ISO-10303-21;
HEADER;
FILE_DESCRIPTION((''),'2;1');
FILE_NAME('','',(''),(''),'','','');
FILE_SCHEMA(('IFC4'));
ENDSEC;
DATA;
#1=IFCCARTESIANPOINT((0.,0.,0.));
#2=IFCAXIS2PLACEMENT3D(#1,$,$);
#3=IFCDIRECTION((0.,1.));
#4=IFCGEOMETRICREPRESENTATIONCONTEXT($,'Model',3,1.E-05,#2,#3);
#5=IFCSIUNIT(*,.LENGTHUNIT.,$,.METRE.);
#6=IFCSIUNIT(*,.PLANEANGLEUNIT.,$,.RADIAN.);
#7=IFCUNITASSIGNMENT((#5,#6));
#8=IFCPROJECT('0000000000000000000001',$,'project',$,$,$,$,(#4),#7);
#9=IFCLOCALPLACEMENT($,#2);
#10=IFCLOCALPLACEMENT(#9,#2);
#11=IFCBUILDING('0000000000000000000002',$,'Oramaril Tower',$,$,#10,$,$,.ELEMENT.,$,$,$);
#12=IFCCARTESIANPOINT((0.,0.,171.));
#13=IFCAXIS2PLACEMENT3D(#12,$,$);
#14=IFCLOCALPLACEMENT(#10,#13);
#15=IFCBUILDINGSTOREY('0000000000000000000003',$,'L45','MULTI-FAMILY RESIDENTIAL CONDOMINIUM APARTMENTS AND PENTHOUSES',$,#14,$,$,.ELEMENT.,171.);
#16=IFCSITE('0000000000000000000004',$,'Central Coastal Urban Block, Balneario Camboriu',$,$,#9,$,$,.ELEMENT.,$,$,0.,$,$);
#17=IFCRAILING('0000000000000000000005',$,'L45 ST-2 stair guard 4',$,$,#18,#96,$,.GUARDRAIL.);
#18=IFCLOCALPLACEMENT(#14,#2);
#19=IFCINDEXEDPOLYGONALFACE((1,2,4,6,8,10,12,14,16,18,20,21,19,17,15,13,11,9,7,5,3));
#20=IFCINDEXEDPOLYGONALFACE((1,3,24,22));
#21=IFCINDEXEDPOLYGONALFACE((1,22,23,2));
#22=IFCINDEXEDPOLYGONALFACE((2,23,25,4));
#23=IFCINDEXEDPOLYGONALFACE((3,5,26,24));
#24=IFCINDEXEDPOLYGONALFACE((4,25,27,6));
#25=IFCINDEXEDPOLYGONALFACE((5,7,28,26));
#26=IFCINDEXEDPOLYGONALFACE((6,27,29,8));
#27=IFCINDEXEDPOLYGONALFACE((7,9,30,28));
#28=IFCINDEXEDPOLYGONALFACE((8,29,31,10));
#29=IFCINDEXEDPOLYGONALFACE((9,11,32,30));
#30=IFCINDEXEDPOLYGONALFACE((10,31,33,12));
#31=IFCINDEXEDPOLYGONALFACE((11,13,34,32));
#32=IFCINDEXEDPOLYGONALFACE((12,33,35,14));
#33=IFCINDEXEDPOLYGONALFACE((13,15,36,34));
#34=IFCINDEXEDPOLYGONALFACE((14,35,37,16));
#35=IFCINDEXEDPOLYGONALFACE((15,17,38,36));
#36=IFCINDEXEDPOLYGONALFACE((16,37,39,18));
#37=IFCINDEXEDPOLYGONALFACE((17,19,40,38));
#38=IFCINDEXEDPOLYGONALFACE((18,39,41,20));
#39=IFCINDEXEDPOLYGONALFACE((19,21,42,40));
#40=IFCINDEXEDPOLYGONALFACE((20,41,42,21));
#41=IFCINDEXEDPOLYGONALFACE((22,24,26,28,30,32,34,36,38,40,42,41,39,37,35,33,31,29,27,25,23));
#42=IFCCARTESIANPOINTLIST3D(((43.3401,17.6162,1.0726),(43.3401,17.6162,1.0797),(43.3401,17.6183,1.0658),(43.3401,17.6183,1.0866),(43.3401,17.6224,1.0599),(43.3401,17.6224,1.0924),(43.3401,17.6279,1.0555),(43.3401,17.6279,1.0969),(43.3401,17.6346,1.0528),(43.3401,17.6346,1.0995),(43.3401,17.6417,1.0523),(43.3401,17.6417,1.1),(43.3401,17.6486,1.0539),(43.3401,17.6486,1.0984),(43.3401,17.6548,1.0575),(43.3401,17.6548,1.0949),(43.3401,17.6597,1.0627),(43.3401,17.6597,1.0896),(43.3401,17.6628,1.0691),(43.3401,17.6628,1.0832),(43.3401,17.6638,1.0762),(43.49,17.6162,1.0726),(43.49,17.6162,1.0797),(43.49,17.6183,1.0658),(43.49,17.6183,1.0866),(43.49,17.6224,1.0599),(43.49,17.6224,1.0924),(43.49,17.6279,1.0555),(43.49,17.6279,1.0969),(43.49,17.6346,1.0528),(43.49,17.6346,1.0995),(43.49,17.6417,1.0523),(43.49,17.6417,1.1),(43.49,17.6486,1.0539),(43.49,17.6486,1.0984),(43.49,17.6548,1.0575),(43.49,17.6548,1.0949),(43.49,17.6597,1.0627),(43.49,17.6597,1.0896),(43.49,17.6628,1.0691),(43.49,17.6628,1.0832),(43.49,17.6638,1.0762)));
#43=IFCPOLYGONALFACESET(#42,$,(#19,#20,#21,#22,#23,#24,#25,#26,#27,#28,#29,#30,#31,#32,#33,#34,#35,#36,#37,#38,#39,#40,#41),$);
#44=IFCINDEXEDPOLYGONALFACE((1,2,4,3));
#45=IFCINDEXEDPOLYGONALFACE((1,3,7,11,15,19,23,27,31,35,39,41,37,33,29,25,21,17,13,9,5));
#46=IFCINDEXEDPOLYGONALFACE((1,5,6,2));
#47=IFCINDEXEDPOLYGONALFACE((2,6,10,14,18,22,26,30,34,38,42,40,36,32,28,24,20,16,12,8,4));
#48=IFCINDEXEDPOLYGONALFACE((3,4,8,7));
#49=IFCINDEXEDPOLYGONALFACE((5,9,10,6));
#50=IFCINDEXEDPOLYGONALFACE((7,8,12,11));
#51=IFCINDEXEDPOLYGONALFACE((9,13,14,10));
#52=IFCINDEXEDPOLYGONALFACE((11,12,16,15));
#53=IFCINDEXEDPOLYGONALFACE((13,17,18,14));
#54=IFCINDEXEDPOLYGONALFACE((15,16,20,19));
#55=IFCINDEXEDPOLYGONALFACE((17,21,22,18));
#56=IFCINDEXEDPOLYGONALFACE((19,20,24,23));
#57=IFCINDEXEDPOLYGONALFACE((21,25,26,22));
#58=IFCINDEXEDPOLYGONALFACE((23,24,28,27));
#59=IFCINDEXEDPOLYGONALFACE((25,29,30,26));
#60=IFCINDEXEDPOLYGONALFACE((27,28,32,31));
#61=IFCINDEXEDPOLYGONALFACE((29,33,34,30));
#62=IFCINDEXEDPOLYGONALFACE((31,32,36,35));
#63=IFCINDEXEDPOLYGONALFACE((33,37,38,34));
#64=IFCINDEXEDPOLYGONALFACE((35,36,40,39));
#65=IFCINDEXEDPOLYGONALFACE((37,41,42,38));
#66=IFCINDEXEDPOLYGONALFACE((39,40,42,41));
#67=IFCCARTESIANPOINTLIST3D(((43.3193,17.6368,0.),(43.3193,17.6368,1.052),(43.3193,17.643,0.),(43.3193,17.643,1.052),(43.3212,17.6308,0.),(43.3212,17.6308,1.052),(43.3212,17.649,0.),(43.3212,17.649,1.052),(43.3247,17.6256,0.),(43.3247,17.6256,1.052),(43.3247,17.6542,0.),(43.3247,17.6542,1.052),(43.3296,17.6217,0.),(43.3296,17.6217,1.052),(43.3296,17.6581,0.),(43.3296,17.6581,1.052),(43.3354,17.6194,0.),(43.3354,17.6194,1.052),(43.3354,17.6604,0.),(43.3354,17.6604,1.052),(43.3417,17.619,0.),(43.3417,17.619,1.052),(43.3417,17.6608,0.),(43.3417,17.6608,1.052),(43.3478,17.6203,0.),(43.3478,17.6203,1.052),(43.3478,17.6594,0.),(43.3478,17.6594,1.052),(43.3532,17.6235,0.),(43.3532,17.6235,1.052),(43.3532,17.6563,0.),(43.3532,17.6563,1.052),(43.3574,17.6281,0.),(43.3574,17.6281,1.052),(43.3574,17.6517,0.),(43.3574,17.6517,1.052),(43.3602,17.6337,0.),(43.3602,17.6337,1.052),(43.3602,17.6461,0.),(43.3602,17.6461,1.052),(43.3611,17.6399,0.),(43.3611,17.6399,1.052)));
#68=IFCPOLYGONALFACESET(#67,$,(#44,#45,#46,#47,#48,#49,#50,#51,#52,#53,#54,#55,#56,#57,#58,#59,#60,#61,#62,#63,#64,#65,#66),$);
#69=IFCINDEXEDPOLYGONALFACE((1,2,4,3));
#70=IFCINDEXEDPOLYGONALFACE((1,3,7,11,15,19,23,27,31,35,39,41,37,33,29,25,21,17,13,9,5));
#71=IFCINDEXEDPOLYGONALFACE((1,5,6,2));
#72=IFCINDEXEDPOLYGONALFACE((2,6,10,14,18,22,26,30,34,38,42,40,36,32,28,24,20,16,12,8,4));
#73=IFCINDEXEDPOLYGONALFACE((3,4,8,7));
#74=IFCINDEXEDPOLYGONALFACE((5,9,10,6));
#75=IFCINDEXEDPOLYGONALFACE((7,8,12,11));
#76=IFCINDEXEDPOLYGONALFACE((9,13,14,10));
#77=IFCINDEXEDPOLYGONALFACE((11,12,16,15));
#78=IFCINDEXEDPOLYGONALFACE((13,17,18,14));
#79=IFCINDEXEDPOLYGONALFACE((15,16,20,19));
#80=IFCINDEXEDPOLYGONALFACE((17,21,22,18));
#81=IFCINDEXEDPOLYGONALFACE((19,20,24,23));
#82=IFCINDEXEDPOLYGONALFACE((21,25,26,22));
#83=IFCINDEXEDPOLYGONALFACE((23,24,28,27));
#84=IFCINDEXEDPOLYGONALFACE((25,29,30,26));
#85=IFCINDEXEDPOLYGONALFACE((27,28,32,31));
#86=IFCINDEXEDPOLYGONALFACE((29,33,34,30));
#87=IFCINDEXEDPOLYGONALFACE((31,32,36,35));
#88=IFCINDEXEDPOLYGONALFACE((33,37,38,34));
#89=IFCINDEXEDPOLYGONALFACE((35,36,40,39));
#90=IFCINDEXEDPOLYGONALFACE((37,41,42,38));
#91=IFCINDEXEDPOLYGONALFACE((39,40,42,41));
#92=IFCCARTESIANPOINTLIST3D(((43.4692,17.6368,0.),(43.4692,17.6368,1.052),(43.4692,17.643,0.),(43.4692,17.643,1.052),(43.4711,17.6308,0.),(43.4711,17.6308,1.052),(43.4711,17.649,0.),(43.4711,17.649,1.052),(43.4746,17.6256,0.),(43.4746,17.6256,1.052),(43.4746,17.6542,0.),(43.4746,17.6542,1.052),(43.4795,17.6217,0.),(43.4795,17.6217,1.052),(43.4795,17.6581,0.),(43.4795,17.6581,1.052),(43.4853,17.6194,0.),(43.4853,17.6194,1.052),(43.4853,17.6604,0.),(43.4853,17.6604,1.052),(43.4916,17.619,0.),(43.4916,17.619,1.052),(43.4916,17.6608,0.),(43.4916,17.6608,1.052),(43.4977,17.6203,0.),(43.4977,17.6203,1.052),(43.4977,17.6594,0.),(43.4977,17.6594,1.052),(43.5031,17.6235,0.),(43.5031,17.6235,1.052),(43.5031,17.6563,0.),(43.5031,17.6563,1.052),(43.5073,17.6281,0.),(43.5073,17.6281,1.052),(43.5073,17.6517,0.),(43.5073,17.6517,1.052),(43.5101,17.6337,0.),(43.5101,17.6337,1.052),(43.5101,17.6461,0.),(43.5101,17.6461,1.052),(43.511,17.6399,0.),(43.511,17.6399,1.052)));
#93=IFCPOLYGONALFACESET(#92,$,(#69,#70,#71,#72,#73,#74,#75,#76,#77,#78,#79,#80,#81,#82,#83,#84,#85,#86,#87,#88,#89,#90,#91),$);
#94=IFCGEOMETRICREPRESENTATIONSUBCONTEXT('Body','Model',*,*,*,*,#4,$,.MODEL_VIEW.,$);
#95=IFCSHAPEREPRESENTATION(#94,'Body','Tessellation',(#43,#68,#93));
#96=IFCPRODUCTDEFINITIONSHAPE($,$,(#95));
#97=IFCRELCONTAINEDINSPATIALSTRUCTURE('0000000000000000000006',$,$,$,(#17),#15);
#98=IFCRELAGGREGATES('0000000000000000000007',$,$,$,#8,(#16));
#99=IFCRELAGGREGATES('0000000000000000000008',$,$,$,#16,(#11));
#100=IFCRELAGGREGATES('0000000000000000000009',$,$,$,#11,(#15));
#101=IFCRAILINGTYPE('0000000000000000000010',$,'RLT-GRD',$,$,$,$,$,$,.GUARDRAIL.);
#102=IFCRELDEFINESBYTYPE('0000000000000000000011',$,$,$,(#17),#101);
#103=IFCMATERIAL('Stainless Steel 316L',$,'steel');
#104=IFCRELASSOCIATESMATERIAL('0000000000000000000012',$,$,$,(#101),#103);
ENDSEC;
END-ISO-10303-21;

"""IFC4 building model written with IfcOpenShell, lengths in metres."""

from ifc_helpers import new_model, si_unit, direction, frame, origin, origin_2d, place, context, subcontext, project, spatial, circle, extrude, material, type_object, element, save


model = new_model("IFC4")

# Units and contexts
model_context = context("Model", 3, precision=1e-05, world=origin(), true_north=direction((0.0, 1.0)))
body_context = subcontext(model_context, "Body", "Model", "MODEL_VIEW")
ifc_project = project(units=[si_unit("LENGTHUNIT", "METRE"), si_unit("PLANEANGLEUNIT", "RADIAN")], contexts=[model_context])

# Site, building, storey
site_placement = place(None, origin())
site = spatial("IfcSite", under=ifc_project, at=site_placement, Name="Central Coastal Urban Block, Balneario Camboriu", CompositionType="ELEMENT", RefElevation=0.0)
building_placement = place(site_placement, origin())
building = spatial("IfcBuilding", under=site, at=building_placement, Name="Oramaril Tower", CompositionType="ELEMENT")
storey_placement = place(building_placement, frame((0.0, 0.0, 171.0)))
storey = spatial("IfcBuildingStorey", under=building, at=storey_placement, Name="L45", Description="MULTI-FAMILY RESIDENTIAL CONDOMINIUM APARTMENTS AND PENTHOUSES", CompositionType="ELEMENT", Elevation=171.0)

# Railing
ifc_material_1 = material(Name="Stainless Steel 316L", Category="steel")
railing_type_1 = type_object("IfcRailingType", Name="RLT-GRD", PredefinedType="GUARDRAIL", material=ifc_material_1)
railing_1_placement = place(storey_placement, frame((43.3401, 17.6399, 0.0)))
element("IfcRailing", 1, at=railing_1_placement, inside=storey, type_object=railing_type_1, Name="L45 ST-2 stair guard 4", PredefinedType="GUARDRAIL", context=body_context, shape_type="SweptSolid", body=[
    extrude(circle(Radius=0.0239, at=origin_2d()), frame((0.0, 0.0, 1.0762), z_axis=(1.0, 0.0, 0.0), x_axis=(0.0, 1.0, 0.0)), (0.0, 0.0, 1.0), 0.1499),
    extrude(circle(Radius=0.021, at=origin_2d()), origin(), (0.0, 0.0, 1.0), 1.052),
    extrude(circle(Radius=0.021, at=origin_2d()), frame((0.1499, 0.0, 0.0)), (0.0, 0.0, 1.0), 1.052),
])

save(model, "model.ifc")
